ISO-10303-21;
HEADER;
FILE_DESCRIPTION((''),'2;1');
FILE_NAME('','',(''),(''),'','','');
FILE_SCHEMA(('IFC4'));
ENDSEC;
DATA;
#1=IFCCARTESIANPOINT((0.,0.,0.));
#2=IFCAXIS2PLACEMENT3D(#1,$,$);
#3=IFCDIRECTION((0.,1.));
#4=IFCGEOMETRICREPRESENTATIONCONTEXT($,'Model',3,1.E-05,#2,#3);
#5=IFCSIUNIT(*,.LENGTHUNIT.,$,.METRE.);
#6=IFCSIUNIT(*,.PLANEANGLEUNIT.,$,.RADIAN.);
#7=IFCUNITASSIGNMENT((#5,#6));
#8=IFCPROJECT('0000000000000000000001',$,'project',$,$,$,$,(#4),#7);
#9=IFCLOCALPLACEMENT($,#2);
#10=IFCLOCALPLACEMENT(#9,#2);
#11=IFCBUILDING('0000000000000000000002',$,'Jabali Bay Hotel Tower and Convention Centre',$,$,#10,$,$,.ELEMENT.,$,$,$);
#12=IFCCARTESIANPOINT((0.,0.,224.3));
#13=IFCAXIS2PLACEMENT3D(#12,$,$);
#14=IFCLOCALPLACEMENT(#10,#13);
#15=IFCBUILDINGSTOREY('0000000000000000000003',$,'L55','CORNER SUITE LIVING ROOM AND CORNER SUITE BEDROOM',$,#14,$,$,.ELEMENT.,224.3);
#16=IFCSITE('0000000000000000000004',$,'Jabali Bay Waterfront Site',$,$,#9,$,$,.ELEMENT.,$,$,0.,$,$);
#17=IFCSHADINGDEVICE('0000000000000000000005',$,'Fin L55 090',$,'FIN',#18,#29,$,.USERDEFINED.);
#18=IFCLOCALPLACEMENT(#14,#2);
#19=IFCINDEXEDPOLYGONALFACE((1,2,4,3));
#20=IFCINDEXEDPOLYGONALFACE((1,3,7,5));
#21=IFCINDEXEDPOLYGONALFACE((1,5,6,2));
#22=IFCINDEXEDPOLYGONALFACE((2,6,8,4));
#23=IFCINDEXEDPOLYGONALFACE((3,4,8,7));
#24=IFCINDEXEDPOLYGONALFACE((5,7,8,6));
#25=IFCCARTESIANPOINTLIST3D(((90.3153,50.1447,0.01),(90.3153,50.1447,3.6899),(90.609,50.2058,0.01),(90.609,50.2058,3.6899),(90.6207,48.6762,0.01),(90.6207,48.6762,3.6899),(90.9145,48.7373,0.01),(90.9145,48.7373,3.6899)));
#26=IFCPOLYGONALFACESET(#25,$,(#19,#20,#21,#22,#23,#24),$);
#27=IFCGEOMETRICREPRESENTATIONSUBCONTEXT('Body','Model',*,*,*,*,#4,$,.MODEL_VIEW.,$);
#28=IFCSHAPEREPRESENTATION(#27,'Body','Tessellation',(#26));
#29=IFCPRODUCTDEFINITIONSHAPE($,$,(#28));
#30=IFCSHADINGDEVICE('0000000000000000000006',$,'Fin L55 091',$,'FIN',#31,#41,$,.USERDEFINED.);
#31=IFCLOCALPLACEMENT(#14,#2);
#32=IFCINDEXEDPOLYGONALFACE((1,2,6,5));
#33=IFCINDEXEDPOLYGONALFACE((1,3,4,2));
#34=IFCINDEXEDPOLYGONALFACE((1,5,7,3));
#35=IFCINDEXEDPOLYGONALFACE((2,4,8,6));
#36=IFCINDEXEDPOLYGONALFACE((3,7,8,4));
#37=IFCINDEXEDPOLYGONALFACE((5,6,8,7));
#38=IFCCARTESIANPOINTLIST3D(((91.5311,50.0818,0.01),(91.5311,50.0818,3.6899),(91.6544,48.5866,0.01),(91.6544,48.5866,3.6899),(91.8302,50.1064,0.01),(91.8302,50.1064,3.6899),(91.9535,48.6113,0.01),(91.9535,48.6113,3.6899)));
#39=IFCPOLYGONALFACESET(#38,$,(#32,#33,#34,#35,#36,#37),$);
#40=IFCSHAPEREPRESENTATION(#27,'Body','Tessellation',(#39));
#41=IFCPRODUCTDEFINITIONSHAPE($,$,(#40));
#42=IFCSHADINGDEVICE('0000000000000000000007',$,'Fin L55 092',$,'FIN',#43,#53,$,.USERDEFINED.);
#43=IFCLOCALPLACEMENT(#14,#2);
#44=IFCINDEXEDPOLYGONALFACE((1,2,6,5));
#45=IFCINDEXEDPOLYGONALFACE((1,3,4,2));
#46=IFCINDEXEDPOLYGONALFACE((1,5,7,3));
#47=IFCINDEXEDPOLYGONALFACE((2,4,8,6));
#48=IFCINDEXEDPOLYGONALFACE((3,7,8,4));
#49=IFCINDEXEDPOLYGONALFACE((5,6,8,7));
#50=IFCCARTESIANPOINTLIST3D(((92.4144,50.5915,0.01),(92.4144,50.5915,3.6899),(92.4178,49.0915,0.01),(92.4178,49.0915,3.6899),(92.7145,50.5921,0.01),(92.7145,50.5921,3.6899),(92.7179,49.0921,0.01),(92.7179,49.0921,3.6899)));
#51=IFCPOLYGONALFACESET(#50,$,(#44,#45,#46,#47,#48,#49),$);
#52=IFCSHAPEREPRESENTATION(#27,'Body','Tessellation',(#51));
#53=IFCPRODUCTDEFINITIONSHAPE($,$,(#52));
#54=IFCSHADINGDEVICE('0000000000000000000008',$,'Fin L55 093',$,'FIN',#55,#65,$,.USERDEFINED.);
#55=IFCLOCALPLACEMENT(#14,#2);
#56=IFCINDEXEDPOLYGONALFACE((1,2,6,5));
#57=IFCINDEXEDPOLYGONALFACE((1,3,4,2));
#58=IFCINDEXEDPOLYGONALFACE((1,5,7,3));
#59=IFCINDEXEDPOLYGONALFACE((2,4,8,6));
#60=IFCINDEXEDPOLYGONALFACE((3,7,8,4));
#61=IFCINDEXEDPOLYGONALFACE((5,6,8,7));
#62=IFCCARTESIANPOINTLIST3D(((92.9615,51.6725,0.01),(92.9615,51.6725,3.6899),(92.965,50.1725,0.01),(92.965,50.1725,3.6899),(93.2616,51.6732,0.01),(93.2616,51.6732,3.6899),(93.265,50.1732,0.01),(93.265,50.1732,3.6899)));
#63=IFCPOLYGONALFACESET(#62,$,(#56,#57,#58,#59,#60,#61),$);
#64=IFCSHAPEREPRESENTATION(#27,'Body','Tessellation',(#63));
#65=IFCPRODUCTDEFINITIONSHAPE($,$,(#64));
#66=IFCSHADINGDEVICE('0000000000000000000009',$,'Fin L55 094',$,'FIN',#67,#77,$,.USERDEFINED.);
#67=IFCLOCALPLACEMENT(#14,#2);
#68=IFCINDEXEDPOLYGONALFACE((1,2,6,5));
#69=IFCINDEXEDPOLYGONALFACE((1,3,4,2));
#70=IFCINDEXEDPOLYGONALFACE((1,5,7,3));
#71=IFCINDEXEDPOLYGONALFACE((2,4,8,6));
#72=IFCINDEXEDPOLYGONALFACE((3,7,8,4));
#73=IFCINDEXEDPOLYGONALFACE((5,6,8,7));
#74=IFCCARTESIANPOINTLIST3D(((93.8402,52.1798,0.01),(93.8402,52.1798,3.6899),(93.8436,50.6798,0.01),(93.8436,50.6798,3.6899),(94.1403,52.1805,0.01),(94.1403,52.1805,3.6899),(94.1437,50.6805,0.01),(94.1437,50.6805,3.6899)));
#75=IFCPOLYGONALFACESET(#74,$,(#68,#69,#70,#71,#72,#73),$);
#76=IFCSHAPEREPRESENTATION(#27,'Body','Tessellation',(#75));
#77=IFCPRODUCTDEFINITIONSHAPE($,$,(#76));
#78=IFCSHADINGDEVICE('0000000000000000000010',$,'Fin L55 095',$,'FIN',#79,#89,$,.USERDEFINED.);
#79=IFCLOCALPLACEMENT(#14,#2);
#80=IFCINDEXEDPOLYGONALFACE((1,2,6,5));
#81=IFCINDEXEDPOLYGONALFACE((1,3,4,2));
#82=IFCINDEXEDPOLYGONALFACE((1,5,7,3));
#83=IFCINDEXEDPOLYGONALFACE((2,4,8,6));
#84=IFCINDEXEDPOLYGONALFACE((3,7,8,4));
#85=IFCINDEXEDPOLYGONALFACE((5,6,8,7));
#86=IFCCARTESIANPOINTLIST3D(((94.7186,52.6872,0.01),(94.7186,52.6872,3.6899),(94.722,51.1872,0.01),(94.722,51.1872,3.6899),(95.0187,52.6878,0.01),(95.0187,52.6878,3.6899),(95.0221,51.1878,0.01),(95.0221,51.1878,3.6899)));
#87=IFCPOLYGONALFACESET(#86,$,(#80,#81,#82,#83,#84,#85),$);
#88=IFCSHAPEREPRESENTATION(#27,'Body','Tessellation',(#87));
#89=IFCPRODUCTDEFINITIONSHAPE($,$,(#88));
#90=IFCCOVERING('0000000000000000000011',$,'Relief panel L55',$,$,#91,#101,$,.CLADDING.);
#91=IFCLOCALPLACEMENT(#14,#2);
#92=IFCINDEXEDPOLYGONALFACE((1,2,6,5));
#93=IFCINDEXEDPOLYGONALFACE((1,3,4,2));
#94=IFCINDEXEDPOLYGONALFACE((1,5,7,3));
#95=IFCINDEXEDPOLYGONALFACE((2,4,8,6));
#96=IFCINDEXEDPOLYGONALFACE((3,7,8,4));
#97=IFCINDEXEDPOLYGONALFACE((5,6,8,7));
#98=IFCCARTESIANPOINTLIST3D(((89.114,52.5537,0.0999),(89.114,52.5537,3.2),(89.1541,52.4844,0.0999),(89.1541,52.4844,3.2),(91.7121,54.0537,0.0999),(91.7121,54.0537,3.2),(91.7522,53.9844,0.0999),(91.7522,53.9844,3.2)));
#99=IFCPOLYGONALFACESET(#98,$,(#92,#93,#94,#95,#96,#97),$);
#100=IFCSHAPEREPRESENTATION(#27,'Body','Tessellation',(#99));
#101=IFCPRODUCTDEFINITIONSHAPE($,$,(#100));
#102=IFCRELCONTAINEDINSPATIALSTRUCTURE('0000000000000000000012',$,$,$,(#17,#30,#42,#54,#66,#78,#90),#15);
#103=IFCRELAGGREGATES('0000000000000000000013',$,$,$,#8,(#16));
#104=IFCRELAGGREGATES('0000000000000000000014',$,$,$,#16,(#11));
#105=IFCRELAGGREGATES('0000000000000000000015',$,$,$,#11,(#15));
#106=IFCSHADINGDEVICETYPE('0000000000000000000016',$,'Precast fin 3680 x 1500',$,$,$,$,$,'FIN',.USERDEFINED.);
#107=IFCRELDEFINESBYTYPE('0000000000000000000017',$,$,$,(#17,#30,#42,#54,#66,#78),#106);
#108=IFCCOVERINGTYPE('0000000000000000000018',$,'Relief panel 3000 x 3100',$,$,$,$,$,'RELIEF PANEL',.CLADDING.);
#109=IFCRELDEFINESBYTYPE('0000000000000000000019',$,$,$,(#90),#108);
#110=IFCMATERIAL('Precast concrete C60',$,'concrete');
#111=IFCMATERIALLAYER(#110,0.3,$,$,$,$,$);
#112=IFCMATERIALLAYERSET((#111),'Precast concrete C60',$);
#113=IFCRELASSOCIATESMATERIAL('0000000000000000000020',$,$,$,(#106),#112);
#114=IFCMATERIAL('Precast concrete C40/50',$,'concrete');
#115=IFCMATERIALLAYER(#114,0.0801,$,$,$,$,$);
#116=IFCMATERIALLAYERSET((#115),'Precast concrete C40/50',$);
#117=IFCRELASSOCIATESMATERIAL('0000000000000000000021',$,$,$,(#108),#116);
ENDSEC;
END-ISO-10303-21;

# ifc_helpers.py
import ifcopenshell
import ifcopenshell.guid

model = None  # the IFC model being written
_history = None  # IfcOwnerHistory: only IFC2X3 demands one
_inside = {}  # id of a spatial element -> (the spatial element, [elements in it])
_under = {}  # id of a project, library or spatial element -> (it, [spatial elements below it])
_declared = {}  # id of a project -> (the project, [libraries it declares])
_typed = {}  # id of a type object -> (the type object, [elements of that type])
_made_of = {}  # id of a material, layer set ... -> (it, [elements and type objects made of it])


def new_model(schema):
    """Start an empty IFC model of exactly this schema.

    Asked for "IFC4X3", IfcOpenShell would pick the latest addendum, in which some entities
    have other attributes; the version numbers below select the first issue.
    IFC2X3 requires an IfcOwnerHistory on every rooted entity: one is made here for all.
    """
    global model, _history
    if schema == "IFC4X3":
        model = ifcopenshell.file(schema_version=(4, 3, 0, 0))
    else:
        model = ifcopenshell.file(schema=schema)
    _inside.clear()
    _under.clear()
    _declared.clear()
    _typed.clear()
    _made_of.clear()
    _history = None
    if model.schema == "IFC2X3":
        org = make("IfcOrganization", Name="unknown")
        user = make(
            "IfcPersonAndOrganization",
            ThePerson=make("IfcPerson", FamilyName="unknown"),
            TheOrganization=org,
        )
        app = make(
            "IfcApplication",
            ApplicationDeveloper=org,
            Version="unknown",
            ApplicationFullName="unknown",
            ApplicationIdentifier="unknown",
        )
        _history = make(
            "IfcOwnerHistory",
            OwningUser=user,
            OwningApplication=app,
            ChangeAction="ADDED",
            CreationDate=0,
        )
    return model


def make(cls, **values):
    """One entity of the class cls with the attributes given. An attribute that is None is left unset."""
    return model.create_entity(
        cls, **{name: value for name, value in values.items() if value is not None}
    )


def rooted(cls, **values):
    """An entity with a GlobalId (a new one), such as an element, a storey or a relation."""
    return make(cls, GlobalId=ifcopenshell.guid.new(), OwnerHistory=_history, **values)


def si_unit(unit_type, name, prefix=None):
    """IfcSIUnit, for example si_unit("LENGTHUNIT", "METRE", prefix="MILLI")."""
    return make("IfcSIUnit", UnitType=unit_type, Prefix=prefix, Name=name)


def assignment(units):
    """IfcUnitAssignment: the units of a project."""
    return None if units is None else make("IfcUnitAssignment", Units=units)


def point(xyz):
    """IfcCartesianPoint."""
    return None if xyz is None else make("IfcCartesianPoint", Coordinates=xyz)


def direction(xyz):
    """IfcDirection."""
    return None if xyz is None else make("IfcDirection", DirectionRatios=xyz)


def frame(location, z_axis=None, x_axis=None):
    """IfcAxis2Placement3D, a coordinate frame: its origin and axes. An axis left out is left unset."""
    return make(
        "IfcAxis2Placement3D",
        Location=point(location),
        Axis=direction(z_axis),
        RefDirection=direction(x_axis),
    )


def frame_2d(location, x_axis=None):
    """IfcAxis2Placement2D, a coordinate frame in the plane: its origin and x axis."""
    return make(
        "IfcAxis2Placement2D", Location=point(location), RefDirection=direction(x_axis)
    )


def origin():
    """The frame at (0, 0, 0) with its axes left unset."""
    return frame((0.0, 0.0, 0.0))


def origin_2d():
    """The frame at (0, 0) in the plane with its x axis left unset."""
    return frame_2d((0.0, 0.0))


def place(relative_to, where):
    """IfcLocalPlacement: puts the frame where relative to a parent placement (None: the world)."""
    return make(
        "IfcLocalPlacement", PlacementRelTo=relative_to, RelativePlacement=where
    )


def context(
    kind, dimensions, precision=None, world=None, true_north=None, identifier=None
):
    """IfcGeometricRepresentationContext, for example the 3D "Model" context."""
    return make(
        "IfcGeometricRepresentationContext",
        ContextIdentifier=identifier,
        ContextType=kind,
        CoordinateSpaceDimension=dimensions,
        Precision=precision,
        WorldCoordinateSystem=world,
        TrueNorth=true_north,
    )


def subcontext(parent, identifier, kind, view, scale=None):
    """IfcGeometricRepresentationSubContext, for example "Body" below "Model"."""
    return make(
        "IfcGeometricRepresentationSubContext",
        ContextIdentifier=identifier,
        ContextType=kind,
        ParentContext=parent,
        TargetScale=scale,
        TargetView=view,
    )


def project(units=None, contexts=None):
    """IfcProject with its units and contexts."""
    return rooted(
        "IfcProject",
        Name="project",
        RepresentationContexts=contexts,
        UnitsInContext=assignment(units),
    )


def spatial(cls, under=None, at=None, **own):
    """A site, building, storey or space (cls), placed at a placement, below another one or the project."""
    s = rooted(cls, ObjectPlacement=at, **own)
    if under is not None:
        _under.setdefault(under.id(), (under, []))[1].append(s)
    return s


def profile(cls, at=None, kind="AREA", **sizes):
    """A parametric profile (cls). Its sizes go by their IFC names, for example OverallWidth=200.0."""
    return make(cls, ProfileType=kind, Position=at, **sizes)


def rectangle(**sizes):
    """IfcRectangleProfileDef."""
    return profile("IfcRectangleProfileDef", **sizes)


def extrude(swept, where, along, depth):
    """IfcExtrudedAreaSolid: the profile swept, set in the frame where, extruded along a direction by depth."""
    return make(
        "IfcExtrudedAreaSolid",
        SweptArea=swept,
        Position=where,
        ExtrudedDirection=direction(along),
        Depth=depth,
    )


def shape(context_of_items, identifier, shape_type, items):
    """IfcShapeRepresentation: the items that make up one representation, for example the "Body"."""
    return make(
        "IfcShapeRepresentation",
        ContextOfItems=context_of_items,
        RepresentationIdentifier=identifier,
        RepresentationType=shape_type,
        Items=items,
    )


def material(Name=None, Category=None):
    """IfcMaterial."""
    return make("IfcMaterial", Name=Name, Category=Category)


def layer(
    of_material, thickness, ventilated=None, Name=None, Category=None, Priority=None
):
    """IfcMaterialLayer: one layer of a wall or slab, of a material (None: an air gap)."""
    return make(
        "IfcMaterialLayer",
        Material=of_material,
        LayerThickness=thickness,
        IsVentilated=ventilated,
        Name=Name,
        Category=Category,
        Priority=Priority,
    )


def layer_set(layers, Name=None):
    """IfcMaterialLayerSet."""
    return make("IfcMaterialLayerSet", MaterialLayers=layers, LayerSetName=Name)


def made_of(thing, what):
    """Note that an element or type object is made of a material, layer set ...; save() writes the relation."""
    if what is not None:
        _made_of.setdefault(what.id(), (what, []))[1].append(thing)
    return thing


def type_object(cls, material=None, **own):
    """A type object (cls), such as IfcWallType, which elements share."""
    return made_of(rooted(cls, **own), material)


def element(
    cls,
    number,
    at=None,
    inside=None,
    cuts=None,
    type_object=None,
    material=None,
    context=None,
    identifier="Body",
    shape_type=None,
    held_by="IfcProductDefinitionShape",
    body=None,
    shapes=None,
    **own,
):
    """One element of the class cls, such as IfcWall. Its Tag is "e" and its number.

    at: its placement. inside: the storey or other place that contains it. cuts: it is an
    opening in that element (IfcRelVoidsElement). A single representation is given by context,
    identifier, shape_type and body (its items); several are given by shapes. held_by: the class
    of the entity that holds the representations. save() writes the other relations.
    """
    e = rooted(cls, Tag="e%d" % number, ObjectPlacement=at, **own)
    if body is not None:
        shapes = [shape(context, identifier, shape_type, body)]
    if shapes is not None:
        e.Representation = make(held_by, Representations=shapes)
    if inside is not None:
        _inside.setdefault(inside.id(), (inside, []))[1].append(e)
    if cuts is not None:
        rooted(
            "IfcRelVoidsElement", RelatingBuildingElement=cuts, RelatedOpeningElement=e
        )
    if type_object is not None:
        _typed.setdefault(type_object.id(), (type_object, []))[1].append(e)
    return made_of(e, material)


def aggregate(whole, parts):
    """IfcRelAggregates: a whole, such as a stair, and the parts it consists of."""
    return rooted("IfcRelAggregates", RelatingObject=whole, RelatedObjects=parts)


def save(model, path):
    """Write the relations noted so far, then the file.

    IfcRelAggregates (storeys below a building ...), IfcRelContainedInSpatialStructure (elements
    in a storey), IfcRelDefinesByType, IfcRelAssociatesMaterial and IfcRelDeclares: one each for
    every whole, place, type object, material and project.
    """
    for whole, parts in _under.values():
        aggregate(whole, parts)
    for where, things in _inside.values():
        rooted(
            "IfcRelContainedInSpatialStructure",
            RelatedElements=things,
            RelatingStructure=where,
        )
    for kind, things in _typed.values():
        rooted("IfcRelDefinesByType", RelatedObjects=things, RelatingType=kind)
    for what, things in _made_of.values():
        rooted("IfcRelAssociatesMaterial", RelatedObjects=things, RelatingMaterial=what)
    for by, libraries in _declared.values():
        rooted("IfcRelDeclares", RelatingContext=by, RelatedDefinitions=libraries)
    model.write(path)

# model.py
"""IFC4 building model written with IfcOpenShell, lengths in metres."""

from ifc_helpers import new_model, si_unit, direction, frame, frame_2d, origin, origin_2d, place, context, subcontext, project, spatial, rectangle, extrude, material, layer, layer_set, type_object, element, save


model = new_model("IFC4")

# Units and contexts
model_context = context("Model", 3, precision=1e-05, world=origin(), true_north=direction((0.0, 1.0)))
body_context = subcontext(model_context, "Body", "Model", "MODEL_VIEW")
ifc_project = project(units=[si_unit("LENGTHUNIT", "METRE"), si_unit("PLANEANGLEUNIT", "RADIAN")], contexts=[model_context])

# Site, building, storey
site_placement = place(None, origin())
site = spatial("IfcSite", under=ifc_project, at=site_placement, Name="Jabali Bay Waterfront Site", CompositionType="ELEMENT", RefElevation=0.0)
building_placement = place(site_placement, origin())
building = spatial("IfcBuilding", under=site, at=building_placement, Name="Jabali Bay Hotel Tower and Convention Centre", CompositionType="ELEMENT")
storey_placement = place(building_placement, frame((0.0, 0.0, 224.3)))
storey = spatial("IfcBuildingStorey", under=building, at=storey_placement, Name="L55", Description="CORNER SUITE LIVING ROOM AND CORNER SUITE BEDROOM", CompositionType="ELEMENT", Elevation=224.3)

# Shading devices
ifc_material_1 = material(Name="Precast concrete C60", Category="concrete")
ifc_layer_1 = layer(ifc_material_1, 0.3)
ifc_layer_set_1 = layer_set([ifc_layer_1], Name="Precast concrete C60")
shading_device_type_1 = type_object("IfcShadingDeviceType", Name="Precast fin 3680 x 1500", ElementType="FIN", PredefinedType="USERDEFINED", material=ifc_layer_set_1)
shading_device_1_placement = place(storey_placement, frame((90.4622, 50.1753, 0.01), z_axis=(0.0, 0.0, 1.0), x_axis=(0.203623, -0.979049, 0.0)))
element("IfcShadingDevice", 1, at=shading_device_1_placement, inside=storey, type_object=shading_device_type_1, Name="Fin L55 090", ObjectType="FIN", PredefinedType="USERDEFINED", context=body_context, shape_type="SweptSolid", body=[
    extrude(rectangle(XDim=1.5, YDim=0.3, at=frame_2d((0.75, 0.0))), origin(), (0.0, 0.0, 1.0), 3.6799),
])
shading_device_2_placement = place(storey_placement, frame((91.6807, 50.094, 0.01), z_axis=(0.0, 0.0, 1.0), x_axis=(0.082183, -0.996617, 0.0)))
element("IfcShadingDevice", 2, at=shading_device_2_placement, inside=storey, type_object=shading_device_type_1, Name="Fin L55 091", ObjectType="FIN", PredefinedType="USERDEFINED", context=body_context, shape_type="SweptSolid", body=[
    extrude(rectangle(XDim=1.5002, YDim=0.3, at=frame_2d((0.75, 0.0))), origin(), (0.0, 0.0, 1.0), 3.6799),
])
for number, where, z_axis, x_axis, name in (
    (3, (92.5645, 50.5918, 0.01), (0.0, 0.0, 1.0), (0.002279, -0.999997, 0.0), "Fin L55 092"),
    (4, (93.1116, 51.6729, 0.01), (0.0, 0.0, 1.0), (0.002279, -0.999997, 0.0), "Fin L55 093"),
    (5, (93.9902, 52.1802, 0.01), (0.0, 0.0, 1.0), (0.002279, -0.999997, 0.0), "Fin L55 094"),
    (6, (94.8687, 52.6875, 0.01), (0.0, 0.0, 1.0), (0.002279, -0.999997, 0.0), "Fin L55 095"),
):
    element("IfcShadingDevice", number, at=place(storey_placement, frame(where, z_axis=z_axis, x_axis=x_axis)), inside=storey, type_object=shading_device_type_1, Name=name, ObjectType="FIN", PredefinedType="USERDEFINED", context=body_context, shape_type="SweptSolid", body=[
        extrude(rectangle(XDim=1.5, YDim=0.3, at=frame_2d((0.75, 0.0))), origin(), (0.0, 0.0, 1.0), 3.6799),
    ])

# Covering
ifc_material_2 = material(Name="Precast concrete C40/50", Category="concrete")
ifc_layer_2 = layer(ifc_material_2, 0.0801)
ifc_layer_set_2 = layer_set([ifc_layer_2], Name="Precast concrete C40/50")
covering_type = type_object("IfcCoveringType", Name="Relief panel 3000 x 3100", ElementType="RELIEF PANEL", PredefinedType="CLADDING", material=ifc_layer_set_2)
covering_placement = place(storey_placement, frame((90.4331, 53.269, 0.0999), z_axis=(0.0, 0.0, 1.0), x_axis=(-0.866025, -0.5, 0.0)))
element("IfcCovering", 7, at=covering_placement, inside=storey, type_object=covering_type, Name="Relief panel L55", PredefinedType="CLADDING", context=body_context, shape_type="SweptSolid", body=[
    extrude(rectangle(XDim=3.0, YDim=0.0801, at=origin_2d()), origin(), (0.0, 0.0, 1.0), 3.1001),
])

save(model, "model.ifc")
